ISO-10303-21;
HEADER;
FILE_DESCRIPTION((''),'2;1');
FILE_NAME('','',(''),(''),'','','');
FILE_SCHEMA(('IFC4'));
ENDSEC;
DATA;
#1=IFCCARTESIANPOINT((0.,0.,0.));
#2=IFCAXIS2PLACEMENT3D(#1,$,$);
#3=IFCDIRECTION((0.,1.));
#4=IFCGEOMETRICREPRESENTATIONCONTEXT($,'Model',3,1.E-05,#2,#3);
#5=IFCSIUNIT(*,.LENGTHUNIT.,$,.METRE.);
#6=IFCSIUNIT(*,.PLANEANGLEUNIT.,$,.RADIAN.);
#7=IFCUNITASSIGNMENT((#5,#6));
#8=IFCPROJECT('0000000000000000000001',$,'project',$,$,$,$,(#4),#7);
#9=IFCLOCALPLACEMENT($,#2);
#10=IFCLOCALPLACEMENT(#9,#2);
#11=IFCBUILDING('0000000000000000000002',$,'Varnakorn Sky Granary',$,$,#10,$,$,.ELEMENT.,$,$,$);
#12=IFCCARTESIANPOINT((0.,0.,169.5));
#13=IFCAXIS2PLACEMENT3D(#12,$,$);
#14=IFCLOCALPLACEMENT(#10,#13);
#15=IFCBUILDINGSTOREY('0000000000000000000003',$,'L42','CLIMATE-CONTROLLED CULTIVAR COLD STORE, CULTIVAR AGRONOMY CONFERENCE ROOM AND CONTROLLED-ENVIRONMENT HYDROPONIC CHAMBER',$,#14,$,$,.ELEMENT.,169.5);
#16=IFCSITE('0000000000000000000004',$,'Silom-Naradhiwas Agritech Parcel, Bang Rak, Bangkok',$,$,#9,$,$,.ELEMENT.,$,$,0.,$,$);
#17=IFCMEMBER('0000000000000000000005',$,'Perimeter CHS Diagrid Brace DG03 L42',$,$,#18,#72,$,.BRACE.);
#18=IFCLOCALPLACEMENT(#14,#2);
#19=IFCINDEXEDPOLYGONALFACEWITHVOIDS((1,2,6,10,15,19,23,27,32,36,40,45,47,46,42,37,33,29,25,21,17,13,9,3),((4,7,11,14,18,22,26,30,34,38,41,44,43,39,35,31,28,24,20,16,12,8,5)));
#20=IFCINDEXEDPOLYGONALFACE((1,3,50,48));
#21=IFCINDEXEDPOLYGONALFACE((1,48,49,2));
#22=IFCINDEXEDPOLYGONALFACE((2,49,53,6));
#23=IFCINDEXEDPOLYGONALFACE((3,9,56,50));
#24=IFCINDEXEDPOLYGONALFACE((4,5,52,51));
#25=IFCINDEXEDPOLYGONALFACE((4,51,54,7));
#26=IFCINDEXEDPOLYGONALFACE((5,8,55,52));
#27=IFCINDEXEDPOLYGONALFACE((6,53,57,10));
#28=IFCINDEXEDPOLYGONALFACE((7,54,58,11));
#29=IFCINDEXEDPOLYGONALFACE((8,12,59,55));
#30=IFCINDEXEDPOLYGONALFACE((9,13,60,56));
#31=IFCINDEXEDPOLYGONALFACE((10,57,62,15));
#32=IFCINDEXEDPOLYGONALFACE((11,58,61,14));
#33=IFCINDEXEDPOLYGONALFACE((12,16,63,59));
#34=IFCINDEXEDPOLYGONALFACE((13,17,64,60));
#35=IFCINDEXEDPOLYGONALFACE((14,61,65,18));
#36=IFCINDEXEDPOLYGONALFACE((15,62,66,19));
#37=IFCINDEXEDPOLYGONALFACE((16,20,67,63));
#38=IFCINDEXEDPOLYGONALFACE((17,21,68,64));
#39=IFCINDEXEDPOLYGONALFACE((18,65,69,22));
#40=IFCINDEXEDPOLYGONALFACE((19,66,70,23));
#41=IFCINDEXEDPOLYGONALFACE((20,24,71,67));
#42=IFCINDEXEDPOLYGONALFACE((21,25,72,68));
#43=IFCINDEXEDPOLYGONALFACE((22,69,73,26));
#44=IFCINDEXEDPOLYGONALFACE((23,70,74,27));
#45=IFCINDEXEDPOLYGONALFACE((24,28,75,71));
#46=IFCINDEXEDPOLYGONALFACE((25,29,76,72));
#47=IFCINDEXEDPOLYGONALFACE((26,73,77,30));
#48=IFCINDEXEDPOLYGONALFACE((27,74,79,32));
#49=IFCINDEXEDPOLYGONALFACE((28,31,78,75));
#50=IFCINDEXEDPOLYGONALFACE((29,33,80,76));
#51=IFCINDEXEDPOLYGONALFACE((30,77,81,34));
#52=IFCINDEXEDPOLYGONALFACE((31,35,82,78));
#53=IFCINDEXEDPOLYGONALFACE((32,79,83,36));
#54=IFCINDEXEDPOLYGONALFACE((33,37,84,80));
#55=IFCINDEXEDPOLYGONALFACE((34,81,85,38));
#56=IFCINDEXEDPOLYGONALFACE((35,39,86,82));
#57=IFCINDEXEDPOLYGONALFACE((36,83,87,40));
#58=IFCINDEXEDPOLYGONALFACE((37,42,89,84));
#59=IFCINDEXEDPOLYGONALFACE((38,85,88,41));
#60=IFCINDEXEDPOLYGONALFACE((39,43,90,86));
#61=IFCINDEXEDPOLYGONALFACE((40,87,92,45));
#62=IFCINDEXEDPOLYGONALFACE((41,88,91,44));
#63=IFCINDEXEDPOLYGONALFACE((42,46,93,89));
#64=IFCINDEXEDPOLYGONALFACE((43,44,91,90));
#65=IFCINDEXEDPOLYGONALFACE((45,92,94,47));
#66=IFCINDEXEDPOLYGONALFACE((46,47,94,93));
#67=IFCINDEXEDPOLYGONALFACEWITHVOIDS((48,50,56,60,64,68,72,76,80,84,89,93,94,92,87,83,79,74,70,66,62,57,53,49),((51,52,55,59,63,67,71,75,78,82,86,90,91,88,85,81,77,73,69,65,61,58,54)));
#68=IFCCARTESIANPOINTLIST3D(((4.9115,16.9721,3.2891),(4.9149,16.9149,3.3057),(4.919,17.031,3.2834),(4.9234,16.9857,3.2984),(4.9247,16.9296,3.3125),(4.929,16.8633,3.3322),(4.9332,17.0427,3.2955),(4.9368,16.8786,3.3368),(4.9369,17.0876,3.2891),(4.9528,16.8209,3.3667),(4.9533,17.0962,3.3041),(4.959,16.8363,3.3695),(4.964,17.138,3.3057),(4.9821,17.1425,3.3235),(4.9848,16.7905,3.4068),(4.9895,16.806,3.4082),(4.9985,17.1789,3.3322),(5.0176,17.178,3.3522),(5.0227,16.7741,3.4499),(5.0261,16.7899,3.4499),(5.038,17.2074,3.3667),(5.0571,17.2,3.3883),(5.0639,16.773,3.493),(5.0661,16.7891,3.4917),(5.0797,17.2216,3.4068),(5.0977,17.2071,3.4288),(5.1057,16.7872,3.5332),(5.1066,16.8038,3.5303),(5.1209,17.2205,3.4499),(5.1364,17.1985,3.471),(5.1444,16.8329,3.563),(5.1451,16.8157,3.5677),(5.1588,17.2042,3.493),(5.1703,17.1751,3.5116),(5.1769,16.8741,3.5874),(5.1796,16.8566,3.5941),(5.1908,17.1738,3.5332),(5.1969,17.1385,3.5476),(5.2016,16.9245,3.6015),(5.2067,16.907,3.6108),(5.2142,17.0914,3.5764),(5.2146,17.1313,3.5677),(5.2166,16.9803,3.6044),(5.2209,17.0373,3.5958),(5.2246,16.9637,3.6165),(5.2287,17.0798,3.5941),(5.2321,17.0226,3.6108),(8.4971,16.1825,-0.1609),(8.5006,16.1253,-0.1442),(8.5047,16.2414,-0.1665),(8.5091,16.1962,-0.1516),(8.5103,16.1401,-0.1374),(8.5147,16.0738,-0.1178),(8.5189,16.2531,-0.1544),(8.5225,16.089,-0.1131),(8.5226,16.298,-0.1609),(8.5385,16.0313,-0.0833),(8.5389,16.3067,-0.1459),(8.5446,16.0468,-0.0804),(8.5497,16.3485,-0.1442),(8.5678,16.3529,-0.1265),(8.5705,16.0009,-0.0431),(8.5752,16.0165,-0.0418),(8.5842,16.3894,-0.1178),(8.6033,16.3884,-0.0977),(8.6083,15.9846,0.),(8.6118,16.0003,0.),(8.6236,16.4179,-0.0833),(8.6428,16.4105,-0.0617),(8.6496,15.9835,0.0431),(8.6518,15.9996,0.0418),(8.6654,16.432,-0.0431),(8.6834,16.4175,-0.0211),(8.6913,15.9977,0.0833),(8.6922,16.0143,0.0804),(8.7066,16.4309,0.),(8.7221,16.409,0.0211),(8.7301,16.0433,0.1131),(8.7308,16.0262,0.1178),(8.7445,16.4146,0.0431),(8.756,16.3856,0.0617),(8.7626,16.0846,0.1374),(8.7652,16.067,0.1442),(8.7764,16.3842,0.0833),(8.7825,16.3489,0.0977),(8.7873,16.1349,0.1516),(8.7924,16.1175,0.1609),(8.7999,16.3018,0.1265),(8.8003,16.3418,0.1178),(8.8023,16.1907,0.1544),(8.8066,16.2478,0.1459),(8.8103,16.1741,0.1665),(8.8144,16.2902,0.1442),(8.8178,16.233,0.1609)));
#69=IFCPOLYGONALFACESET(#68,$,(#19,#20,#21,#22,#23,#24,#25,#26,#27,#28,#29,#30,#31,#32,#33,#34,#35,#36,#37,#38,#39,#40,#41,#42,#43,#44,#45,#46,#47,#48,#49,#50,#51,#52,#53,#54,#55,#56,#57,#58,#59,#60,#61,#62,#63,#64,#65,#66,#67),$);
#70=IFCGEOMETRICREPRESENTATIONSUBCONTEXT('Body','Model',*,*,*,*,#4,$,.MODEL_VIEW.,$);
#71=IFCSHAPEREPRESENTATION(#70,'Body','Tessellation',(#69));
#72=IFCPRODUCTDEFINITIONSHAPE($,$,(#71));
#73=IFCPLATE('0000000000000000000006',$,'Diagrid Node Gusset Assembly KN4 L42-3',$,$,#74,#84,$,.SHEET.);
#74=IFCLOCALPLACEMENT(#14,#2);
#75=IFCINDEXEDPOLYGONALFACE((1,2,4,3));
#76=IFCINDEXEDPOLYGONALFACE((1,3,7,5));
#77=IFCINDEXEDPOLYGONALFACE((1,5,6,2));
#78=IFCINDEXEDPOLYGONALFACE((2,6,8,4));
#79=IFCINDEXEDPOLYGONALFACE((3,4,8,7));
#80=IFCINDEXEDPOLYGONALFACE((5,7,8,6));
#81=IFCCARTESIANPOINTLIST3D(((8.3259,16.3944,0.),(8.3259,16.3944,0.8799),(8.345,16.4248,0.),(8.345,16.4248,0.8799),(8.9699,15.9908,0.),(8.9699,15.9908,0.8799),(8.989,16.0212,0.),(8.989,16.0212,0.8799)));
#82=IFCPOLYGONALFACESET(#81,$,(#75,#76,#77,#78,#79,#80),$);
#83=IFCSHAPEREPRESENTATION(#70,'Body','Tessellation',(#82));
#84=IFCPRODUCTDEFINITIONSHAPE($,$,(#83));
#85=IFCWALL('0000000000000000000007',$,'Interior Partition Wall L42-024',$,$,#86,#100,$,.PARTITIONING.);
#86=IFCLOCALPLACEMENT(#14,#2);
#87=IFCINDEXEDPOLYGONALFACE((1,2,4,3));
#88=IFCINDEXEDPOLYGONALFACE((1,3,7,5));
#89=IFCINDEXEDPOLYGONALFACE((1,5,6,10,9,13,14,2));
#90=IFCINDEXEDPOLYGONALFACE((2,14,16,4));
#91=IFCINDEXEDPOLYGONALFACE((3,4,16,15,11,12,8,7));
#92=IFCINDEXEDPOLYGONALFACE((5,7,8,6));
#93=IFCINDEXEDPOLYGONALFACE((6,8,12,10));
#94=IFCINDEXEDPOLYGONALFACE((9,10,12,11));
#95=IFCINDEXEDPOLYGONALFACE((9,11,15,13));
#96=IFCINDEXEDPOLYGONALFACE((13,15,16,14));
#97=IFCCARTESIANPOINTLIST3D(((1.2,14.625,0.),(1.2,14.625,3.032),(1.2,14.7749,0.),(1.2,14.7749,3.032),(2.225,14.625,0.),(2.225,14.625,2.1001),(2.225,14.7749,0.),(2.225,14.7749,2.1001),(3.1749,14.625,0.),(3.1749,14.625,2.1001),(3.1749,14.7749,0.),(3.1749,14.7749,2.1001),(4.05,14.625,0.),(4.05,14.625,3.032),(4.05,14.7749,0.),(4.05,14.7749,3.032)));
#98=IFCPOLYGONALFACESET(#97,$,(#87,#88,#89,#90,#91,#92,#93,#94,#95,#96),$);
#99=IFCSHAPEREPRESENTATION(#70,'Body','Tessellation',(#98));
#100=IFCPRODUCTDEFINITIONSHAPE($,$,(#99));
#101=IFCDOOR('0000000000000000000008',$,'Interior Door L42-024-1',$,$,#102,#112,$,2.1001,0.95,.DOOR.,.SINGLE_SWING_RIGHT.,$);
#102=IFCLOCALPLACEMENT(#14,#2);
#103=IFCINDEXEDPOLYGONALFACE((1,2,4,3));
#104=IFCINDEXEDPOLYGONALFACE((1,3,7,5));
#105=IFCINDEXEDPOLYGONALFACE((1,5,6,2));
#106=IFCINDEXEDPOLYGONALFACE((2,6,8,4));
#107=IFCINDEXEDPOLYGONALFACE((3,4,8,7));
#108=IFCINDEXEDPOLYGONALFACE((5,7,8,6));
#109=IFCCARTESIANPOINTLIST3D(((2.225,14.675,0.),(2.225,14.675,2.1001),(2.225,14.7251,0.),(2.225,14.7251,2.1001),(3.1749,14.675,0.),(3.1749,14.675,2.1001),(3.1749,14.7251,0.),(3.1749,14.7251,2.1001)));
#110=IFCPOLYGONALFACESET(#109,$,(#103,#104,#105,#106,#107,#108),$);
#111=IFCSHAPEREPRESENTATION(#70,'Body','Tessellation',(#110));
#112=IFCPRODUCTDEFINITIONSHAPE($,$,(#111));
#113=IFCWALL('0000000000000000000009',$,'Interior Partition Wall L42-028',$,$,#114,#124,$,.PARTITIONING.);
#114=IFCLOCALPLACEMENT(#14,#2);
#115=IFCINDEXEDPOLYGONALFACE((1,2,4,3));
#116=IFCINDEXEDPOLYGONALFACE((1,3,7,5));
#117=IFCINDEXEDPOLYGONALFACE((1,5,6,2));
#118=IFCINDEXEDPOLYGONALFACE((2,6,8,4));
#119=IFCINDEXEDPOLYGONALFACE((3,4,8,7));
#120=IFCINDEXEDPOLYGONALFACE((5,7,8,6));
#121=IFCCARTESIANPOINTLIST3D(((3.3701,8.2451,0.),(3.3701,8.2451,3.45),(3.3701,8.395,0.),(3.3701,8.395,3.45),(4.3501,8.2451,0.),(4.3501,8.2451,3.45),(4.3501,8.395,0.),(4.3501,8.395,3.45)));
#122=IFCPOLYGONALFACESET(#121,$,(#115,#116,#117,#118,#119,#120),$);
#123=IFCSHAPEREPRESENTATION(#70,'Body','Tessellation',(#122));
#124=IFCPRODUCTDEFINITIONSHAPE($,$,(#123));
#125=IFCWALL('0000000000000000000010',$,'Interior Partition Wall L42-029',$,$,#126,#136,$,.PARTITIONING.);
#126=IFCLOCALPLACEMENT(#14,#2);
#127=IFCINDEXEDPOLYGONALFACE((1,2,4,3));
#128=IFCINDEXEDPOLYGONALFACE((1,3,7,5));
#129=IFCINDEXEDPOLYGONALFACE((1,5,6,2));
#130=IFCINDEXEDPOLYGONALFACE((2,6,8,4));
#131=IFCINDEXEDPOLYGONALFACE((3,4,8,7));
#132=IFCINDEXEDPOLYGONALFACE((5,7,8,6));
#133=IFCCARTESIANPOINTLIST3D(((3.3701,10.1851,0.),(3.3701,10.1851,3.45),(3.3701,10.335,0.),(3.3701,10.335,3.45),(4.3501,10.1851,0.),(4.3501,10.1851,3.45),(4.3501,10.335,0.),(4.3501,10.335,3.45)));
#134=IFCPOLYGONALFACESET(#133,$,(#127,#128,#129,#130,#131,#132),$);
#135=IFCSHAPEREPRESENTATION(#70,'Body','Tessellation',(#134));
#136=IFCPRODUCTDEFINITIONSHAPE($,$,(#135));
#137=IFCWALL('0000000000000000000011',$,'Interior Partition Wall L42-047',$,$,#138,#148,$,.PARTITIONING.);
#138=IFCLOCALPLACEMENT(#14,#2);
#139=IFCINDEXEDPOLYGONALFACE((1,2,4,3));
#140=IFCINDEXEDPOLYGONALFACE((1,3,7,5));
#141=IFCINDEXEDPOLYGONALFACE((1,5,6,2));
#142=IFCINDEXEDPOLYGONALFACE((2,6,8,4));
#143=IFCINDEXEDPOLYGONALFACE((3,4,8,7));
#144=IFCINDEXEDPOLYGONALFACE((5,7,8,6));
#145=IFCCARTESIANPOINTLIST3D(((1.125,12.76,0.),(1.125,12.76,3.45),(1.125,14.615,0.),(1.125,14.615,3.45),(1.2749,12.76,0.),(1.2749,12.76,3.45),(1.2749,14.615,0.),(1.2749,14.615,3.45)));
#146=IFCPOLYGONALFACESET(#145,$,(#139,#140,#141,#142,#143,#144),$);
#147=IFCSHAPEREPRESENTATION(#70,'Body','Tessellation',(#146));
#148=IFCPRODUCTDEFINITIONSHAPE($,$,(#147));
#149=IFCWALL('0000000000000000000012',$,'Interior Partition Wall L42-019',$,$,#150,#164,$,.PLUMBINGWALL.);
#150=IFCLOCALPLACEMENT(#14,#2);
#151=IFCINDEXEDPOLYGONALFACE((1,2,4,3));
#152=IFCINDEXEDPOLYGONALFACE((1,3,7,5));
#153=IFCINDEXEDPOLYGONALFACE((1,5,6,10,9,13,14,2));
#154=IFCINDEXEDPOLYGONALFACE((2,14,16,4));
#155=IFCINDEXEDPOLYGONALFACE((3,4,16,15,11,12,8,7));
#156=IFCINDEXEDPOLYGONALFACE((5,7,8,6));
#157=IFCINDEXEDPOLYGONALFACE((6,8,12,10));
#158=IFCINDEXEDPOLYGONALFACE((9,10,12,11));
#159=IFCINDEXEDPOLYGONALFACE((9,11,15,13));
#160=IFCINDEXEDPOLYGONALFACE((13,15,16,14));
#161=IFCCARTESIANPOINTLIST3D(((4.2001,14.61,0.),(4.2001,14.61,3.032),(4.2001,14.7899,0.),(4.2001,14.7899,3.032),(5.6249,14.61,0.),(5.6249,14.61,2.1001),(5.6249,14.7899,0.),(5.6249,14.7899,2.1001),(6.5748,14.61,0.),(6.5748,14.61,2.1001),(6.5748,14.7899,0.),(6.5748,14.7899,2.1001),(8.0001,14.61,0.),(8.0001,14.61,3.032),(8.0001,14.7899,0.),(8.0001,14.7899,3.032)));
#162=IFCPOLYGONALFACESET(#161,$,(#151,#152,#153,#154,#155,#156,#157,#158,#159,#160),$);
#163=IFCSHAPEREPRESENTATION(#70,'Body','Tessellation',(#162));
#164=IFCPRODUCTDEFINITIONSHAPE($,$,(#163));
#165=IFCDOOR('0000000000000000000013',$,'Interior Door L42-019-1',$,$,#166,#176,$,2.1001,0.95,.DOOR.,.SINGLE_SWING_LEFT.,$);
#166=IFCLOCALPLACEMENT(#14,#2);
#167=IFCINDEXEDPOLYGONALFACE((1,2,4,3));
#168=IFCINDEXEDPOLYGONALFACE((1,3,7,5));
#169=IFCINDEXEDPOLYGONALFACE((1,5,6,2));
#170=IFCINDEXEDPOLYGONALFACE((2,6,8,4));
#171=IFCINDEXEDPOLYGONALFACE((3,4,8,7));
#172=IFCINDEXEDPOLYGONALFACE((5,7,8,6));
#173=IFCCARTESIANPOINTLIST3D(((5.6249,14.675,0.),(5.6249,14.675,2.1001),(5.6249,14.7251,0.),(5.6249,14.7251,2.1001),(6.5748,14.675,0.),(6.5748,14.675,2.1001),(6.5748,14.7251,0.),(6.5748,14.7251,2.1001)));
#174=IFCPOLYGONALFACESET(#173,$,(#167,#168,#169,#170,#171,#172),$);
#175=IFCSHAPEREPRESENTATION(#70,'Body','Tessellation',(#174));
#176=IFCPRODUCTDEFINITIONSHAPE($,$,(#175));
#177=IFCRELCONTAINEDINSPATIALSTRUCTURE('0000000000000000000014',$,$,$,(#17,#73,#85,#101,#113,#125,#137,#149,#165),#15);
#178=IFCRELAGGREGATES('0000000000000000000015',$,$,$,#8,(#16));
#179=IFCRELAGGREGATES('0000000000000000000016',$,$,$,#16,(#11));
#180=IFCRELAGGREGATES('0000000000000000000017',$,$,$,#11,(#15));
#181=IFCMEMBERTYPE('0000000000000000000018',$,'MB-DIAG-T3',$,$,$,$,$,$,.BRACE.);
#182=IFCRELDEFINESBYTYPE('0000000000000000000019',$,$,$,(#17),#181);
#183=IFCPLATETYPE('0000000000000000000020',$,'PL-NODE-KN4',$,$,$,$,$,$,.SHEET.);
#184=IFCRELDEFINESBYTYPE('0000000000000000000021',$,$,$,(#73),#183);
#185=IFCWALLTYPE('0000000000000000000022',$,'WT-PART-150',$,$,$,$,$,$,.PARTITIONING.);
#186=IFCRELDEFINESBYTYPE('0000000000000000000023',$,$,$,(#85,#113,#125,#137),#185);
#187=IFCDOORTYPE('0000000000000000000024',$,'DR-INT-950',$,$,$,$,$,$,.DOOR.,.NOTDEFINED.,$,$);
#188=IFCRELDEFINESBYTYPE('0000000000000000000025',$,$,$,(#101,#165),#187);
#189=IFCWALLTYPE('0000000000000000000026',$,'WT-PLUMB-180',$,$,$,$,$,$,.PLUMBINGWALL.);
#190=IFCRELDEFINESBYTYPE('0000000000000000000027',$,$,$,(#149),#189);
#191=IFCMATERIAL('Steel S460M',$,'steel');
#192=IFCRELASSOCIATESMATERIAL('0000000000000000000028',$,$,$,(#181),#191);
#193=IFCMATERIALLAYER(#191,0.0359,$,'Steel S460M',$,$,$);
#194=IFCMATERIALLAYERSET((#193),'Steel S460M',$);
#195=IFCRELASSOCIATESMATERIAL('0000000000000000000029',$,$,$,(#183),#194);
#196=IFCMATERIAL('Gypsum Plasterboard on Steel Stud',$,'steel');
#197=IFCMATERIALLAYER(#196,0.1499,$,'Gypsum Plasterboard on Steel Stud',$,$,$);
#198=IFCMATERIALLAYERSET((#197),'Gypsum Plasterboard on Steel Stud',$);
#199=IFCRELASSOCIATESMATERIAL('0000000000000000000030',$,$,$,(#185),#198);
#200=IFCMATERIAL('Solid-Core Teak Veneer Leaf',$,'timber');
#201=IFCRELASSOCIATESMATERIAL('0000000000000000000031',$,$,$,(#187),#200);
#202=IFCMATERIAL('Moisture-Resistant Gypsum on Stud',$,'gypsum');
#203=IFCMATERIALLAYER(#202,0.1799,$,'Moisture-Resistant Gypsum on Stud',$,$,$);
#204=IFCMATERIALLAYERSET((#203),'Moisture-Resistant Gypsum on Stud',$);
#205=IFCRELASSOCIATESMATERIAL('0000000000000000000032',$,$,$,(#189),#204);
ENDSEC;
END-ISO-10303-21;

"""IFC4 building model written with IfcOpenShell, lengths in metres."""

from ifc_helpers import new_model, si_unit, direction, frame, frame_2d, origin, origin_2d, place, context, subcontext, project, spatial, rectangle, hollow_circle, extrude, material, layer, layer_set, material_profile, profile_set, type_object, element, fill, save


model = new_model("IFC4")

# Units and contexts
model_context = context("Model", 3, precision=1e-05, world=origin(), true_north=direction((0.0, 1.0)))
body_context = subcontext(model_context, "Body", "Model", "MODEL_VIEW")
ifc_project = project(units=[si_unit("LENGTHUNIT", "METRE"), si_unit("PLANEANGLEUNIT", "RADIAN")], contexts=[model_context])

# Site, building, storey
site_placement = place(None, origin())
site = spatial("IfcSite", under=ifc_project, at=site_placement, Name="Silom-Naradhiwas Agritech Parcel, Bang Rak, Bangkok", CompositionType="ELEMENT", RefElevation=0.0)
building_placement = place(site_placement, origin())
building = spatial("IfcBuilding", under=site, at=building_placement, Name="Varnakorn Sky Granary", CompositionType="ELEMENT")
storey_placement = place(building_placement, frame((0.0, 0.0, 169.5)))
storey = spatial("IfcBuildingStorey", under=building, at=storey_placement, Name="L42", Description="CLIMATE-CONTROLLED CULTIVAR COLD STORE, CULTIVAR AGRONOMY CONFERENCE ROOM AND CONTROLLED-ENVIRONMENT HYDROPONIC CHAMBER", CompositionType="ELEMENT", Elevation=169.5)

# Shared definitions
ifc_material_1 = material(Name="Steel S460M", Category="steel")

# Member
ifc_material_profile_1 = material_profile(ifc_material_1, hollow_circle(Radius=0.2285, WallThickness=0.0161, at=origin_2d()), Name="CHS 457x16")
ifc_profile_set_1 = profile_set([ifc_material_profile_1], Name="Steel S460M")
member_type_1 = type_object("IfcMemberType", Name="MB-DIAG-T3", PredefinedType="BRACE", material=ifc_profile_set_1)
member_1_placement = place(storey_placement, frame((8.6575, 16.2078, 0.0), z_axis=(-0.711711, 0.156715, 0.684768), x_axis=(-0.215043, -0.976605, 0.0)))
element("IfcMember", 1, at=member_1_placement, inside=storey, type_object=member_type_1, Name="Perimeter CHS Diagrid Brace DG03 L42", PredefinedType="BRACE", context=body_context, shape_type="SweptSolid", body=[
    extrude(hollow_circle(Radius=0.2285, WallThickness=0.0161, at=origin_2d()), origin(), (0.0, 0.0, 1.0), 5.0381),
])

# Plate
ifc_layer_1 = layer(ifc_material_1, 0.0359, Name="Steel S460M")
ifc_layer_set_1 = layer_set([ifc_layer_1], Name="Steel S460M")
plate_type = type_object("IfcPlateType", Name="PL-NODE-KN4", PredefinedType="SHEET", material=ifc_layer_set_1)
plate_placement = place(storey_placement, frame((8.6575, 16.2078, 0.0), z_axis=(0.0, 0.0, 1.0), x_axis=(-0.847347, 0.531039, 0.0)))
element("IfcPlate", 2, at=plate_placement, inside=storey, type_object=plate_type, Name="Diagrid Node Gusset Assembly KN4 L42-3", PredefinedType="SHEET", context=body_context, shape_type="SweptSolid", body=[
    extrude(rectangle(XDim=0.76, YDim=0.0359, at=origin_2d()), origin(), (0.0, 0.0, 1.0), 0.8799),
])

# Wall, opening, door
ifc_material_2 = material(Name="Gypsum Plasterboard on Steel Stud", Category="steel")
ifc_layer_2 = layer(ifc_material_2, 0.1499, Name="Gypsum Plasterboard on Steel Stud")
ifc_layer_set_2 = layer_set([ifc_layer_2], Name="Gypsum Plasterboard on Steel Stud")
wall_type_1 = type_object("IfcWallType", Name="WT-PART-150", PredefinedType="PARTITIONING", material=ifc_layer_set_2)
wall_1_placement = place(storey_placement, frame((4.05, 14.7, 0.0), z_axis=(0.0, 0.0, 1.0), x_axis=(-1.0, 0.0, 0.0)))
wall_1 = element("IfcWall", 3, at=wall_1_placement, inside=storey, type_object=wall_type_1, Name="Interior Partition Wall L42-024", PredefinedType="PARTITIONING", context=body_context, shape_type="SweptSolid", body=[
    extrude(rectangle(XDim=2.8501, YDim=0.1499, at=frame_2d((1.425, 0.0))), origin(), (0.0, 0.0, 1.0), 3.032),
])
opening_1_placement = place(wall_1_placement, frame((0.875, 0.0, 0.0)))
opening_1 = element("IfcOpeningElement", 4, at=opening_1_placement, cuts=wall_1, PredefinedType="OPENING", context=body_context, shape_type="SweptSolid", body=[
    extrude(rectangle(XDim=0.95, YDim=2.1001, at=frame_2d((0.4751, 1.05))), frame((0.0, 0.085, 0.0), z_axis=(0.0, -1.0, 0.0), x_axis=(1.0, 0.0, 0.0)), (0.0, 0.0, 1.0), 0.1699),
])
ifc_material_3 = material(Name="Solid-Core Teak Veneer Leaf", Category="timber")
door_type = type_object("IfcDoorType", Name="DR-INT-950", OperationType="NOTDEFINED", PredefinedType="DOOR", material=ifc_material_3)
door_1_placement = place(opening_1_placement, origin())
door_1 = element("IfcDoor", 5, at=door_1_placement, inside=storey, type_object=door_type, Name="Interior Door L42-024-1", OperationType="SINGLE_SWING_RIGHT", OverallHeight=2.1001, OverallWidth=0.95, PredefinedType="DOOR", context=body_context, shape_type="SweptSolid", body=[
    extrude(rectangle(XDim=0.95, YDim=2.1001, at=frame_2d((0.4751, 1.05))), frame((0.0, 0.0249, 0.0), z_axis=(0.0, -1.0, 0.0), x_axis=(1.0, 0.0, 0.0)), (0.0, 0.0, 1.0), 0.05),
])
fill(opening_1, door_1)

# Walls
for number, where, z_axis, x_axis, name in (
    (6, (3.3701, 8.3201, 0.0), (0.0, 0.0, 1.0), (1.0, 0.0, 0.0), "Interior Partition Wall L42-028"),
    (7, (3.3701, 10.26, 0.0), (0.0, 0.0, 1.0), (1.0, 0.0, 0.0), "Interior Partition Wall L42-029"),
):
    element("IfcWall", number, at=place(storey_placement, frame(where, z_axis=z_axis, x_axis=x_axis)), inside=storey, type_object=wall_type_1, Name=name, PredefinedType="PARTITIONING", context=body_context, shape_type="SweptSolid", body=[
        extrude(rectangle(XDim=0.98, YDim=0.1499, at=frame_2d((0.49, 0.0))), origin(), (0.0, 0.0, 1.0), 3.45),
    ])
wall_2_placement = place(storey_placement, frame((1.2, 14.615, 0.0), z_axis=(0.0, 0.0, 1.0), x_axis=(0.0, -1.0, 0.0)))
element("IfcWall", 8, at=wall_2_placement, inside=storey, type_object=wall_type_1, Name="Interior Partition Wall L42-047", PredefinedType="PARTITIONING", context=body_context, shape_type="SweptSolid", body=[
    extrude(rectangle(XDim=1.855, YDim=0.1499, at=frame_2d((0.9275, 0.0))), origin(), (0.0, 0.0, 1.0), 3.45),
])

# Wall, opening, door
ifc_material_4 = material(Name="Moisture-Resistant Gypsum on Stud", Category="gypsum")
ifc_layer_3 = layer(ifc_material_4, 0.1799, Name="Moisture-Resistant Gypsum on Stud")
ifc_layer_set_3 = layer_set([ifc_layer_3], Name="Moisture-Resistant Gypsum on Stud")
wall_type_2 = type_object("IfcWallType", Name="WT-PLUMB-180", PredefinedType="PLUMBINGWALL", material=ifc_layer_set_3)
wall_3_placement = place(storey_placement, frame((8.0, 14.7, 0.0), z_axis=(0.0, 0.0, 1.0), x_axis=(-1.0, 0.0, 0.0)))
wall_3 = element("IfcWall", 9, at=wall_3_placement, inside=storey, type_object=wall_type_2, Name="Interior Partition Wall L42-019", PredefinedType="PLUMBINGWALL", context=body_context, shape_type="SweptSolid", body=[
    extrude(rectangle(XDim=3.8, YDim=0.1799, at=frame_2d((1.8999, 0.0))), origin(), (0.0, 0.0, 1.0), 3.032),
])
opening_2_placement = place(wall_3_placement, frame((1.425, 0.0, 0.0)))
opening_2 = element("IfcOpeningElement", 10, at=opening_2_placement, cuts=wall_3, PredefinedType="OPENING", context=body_context, shape_type="SweptSolid", body=[
    extrude(rectangle(XDim=0.95, YDim=2.1001, at=frame_2d((0.4751, 1.05))), frame((0.0, 0.1001, 0.0), z_axis=(0.0, -1.0, 0.0), x_axis=(1.0, 0.0, 0.0)), (0.0, 0.0, 1.0), 0.2),
])
door_2_placement = place(opening_2_placement, origin())
door_2 = element("IfcDoor", 11, at=door_2_placement, inside=storey, type_object=door_type, Name="Interior Door L42-019-1", OperationType="SINGLE_SWING_LEFT", OverallHeight=2.1001, OverallWidth=0.95, PredefinedType="DOOR", context=body_context, shape_type="SweptSolid", body=[
    extrude(rectangle(XDim=0.95, YDim=2.1001, at=frame_2d((0.4751, 1.05))), frame((0.0, 0.0249, 0.0), z_axis=(0.0, -1.0, 0.0), x_axis=(1.0, 0.0, 0.0)), (0.0, 0.0, 1.0), 0.05),
])
fill(opening_2, door_2)

save(model, "model.ifc")
